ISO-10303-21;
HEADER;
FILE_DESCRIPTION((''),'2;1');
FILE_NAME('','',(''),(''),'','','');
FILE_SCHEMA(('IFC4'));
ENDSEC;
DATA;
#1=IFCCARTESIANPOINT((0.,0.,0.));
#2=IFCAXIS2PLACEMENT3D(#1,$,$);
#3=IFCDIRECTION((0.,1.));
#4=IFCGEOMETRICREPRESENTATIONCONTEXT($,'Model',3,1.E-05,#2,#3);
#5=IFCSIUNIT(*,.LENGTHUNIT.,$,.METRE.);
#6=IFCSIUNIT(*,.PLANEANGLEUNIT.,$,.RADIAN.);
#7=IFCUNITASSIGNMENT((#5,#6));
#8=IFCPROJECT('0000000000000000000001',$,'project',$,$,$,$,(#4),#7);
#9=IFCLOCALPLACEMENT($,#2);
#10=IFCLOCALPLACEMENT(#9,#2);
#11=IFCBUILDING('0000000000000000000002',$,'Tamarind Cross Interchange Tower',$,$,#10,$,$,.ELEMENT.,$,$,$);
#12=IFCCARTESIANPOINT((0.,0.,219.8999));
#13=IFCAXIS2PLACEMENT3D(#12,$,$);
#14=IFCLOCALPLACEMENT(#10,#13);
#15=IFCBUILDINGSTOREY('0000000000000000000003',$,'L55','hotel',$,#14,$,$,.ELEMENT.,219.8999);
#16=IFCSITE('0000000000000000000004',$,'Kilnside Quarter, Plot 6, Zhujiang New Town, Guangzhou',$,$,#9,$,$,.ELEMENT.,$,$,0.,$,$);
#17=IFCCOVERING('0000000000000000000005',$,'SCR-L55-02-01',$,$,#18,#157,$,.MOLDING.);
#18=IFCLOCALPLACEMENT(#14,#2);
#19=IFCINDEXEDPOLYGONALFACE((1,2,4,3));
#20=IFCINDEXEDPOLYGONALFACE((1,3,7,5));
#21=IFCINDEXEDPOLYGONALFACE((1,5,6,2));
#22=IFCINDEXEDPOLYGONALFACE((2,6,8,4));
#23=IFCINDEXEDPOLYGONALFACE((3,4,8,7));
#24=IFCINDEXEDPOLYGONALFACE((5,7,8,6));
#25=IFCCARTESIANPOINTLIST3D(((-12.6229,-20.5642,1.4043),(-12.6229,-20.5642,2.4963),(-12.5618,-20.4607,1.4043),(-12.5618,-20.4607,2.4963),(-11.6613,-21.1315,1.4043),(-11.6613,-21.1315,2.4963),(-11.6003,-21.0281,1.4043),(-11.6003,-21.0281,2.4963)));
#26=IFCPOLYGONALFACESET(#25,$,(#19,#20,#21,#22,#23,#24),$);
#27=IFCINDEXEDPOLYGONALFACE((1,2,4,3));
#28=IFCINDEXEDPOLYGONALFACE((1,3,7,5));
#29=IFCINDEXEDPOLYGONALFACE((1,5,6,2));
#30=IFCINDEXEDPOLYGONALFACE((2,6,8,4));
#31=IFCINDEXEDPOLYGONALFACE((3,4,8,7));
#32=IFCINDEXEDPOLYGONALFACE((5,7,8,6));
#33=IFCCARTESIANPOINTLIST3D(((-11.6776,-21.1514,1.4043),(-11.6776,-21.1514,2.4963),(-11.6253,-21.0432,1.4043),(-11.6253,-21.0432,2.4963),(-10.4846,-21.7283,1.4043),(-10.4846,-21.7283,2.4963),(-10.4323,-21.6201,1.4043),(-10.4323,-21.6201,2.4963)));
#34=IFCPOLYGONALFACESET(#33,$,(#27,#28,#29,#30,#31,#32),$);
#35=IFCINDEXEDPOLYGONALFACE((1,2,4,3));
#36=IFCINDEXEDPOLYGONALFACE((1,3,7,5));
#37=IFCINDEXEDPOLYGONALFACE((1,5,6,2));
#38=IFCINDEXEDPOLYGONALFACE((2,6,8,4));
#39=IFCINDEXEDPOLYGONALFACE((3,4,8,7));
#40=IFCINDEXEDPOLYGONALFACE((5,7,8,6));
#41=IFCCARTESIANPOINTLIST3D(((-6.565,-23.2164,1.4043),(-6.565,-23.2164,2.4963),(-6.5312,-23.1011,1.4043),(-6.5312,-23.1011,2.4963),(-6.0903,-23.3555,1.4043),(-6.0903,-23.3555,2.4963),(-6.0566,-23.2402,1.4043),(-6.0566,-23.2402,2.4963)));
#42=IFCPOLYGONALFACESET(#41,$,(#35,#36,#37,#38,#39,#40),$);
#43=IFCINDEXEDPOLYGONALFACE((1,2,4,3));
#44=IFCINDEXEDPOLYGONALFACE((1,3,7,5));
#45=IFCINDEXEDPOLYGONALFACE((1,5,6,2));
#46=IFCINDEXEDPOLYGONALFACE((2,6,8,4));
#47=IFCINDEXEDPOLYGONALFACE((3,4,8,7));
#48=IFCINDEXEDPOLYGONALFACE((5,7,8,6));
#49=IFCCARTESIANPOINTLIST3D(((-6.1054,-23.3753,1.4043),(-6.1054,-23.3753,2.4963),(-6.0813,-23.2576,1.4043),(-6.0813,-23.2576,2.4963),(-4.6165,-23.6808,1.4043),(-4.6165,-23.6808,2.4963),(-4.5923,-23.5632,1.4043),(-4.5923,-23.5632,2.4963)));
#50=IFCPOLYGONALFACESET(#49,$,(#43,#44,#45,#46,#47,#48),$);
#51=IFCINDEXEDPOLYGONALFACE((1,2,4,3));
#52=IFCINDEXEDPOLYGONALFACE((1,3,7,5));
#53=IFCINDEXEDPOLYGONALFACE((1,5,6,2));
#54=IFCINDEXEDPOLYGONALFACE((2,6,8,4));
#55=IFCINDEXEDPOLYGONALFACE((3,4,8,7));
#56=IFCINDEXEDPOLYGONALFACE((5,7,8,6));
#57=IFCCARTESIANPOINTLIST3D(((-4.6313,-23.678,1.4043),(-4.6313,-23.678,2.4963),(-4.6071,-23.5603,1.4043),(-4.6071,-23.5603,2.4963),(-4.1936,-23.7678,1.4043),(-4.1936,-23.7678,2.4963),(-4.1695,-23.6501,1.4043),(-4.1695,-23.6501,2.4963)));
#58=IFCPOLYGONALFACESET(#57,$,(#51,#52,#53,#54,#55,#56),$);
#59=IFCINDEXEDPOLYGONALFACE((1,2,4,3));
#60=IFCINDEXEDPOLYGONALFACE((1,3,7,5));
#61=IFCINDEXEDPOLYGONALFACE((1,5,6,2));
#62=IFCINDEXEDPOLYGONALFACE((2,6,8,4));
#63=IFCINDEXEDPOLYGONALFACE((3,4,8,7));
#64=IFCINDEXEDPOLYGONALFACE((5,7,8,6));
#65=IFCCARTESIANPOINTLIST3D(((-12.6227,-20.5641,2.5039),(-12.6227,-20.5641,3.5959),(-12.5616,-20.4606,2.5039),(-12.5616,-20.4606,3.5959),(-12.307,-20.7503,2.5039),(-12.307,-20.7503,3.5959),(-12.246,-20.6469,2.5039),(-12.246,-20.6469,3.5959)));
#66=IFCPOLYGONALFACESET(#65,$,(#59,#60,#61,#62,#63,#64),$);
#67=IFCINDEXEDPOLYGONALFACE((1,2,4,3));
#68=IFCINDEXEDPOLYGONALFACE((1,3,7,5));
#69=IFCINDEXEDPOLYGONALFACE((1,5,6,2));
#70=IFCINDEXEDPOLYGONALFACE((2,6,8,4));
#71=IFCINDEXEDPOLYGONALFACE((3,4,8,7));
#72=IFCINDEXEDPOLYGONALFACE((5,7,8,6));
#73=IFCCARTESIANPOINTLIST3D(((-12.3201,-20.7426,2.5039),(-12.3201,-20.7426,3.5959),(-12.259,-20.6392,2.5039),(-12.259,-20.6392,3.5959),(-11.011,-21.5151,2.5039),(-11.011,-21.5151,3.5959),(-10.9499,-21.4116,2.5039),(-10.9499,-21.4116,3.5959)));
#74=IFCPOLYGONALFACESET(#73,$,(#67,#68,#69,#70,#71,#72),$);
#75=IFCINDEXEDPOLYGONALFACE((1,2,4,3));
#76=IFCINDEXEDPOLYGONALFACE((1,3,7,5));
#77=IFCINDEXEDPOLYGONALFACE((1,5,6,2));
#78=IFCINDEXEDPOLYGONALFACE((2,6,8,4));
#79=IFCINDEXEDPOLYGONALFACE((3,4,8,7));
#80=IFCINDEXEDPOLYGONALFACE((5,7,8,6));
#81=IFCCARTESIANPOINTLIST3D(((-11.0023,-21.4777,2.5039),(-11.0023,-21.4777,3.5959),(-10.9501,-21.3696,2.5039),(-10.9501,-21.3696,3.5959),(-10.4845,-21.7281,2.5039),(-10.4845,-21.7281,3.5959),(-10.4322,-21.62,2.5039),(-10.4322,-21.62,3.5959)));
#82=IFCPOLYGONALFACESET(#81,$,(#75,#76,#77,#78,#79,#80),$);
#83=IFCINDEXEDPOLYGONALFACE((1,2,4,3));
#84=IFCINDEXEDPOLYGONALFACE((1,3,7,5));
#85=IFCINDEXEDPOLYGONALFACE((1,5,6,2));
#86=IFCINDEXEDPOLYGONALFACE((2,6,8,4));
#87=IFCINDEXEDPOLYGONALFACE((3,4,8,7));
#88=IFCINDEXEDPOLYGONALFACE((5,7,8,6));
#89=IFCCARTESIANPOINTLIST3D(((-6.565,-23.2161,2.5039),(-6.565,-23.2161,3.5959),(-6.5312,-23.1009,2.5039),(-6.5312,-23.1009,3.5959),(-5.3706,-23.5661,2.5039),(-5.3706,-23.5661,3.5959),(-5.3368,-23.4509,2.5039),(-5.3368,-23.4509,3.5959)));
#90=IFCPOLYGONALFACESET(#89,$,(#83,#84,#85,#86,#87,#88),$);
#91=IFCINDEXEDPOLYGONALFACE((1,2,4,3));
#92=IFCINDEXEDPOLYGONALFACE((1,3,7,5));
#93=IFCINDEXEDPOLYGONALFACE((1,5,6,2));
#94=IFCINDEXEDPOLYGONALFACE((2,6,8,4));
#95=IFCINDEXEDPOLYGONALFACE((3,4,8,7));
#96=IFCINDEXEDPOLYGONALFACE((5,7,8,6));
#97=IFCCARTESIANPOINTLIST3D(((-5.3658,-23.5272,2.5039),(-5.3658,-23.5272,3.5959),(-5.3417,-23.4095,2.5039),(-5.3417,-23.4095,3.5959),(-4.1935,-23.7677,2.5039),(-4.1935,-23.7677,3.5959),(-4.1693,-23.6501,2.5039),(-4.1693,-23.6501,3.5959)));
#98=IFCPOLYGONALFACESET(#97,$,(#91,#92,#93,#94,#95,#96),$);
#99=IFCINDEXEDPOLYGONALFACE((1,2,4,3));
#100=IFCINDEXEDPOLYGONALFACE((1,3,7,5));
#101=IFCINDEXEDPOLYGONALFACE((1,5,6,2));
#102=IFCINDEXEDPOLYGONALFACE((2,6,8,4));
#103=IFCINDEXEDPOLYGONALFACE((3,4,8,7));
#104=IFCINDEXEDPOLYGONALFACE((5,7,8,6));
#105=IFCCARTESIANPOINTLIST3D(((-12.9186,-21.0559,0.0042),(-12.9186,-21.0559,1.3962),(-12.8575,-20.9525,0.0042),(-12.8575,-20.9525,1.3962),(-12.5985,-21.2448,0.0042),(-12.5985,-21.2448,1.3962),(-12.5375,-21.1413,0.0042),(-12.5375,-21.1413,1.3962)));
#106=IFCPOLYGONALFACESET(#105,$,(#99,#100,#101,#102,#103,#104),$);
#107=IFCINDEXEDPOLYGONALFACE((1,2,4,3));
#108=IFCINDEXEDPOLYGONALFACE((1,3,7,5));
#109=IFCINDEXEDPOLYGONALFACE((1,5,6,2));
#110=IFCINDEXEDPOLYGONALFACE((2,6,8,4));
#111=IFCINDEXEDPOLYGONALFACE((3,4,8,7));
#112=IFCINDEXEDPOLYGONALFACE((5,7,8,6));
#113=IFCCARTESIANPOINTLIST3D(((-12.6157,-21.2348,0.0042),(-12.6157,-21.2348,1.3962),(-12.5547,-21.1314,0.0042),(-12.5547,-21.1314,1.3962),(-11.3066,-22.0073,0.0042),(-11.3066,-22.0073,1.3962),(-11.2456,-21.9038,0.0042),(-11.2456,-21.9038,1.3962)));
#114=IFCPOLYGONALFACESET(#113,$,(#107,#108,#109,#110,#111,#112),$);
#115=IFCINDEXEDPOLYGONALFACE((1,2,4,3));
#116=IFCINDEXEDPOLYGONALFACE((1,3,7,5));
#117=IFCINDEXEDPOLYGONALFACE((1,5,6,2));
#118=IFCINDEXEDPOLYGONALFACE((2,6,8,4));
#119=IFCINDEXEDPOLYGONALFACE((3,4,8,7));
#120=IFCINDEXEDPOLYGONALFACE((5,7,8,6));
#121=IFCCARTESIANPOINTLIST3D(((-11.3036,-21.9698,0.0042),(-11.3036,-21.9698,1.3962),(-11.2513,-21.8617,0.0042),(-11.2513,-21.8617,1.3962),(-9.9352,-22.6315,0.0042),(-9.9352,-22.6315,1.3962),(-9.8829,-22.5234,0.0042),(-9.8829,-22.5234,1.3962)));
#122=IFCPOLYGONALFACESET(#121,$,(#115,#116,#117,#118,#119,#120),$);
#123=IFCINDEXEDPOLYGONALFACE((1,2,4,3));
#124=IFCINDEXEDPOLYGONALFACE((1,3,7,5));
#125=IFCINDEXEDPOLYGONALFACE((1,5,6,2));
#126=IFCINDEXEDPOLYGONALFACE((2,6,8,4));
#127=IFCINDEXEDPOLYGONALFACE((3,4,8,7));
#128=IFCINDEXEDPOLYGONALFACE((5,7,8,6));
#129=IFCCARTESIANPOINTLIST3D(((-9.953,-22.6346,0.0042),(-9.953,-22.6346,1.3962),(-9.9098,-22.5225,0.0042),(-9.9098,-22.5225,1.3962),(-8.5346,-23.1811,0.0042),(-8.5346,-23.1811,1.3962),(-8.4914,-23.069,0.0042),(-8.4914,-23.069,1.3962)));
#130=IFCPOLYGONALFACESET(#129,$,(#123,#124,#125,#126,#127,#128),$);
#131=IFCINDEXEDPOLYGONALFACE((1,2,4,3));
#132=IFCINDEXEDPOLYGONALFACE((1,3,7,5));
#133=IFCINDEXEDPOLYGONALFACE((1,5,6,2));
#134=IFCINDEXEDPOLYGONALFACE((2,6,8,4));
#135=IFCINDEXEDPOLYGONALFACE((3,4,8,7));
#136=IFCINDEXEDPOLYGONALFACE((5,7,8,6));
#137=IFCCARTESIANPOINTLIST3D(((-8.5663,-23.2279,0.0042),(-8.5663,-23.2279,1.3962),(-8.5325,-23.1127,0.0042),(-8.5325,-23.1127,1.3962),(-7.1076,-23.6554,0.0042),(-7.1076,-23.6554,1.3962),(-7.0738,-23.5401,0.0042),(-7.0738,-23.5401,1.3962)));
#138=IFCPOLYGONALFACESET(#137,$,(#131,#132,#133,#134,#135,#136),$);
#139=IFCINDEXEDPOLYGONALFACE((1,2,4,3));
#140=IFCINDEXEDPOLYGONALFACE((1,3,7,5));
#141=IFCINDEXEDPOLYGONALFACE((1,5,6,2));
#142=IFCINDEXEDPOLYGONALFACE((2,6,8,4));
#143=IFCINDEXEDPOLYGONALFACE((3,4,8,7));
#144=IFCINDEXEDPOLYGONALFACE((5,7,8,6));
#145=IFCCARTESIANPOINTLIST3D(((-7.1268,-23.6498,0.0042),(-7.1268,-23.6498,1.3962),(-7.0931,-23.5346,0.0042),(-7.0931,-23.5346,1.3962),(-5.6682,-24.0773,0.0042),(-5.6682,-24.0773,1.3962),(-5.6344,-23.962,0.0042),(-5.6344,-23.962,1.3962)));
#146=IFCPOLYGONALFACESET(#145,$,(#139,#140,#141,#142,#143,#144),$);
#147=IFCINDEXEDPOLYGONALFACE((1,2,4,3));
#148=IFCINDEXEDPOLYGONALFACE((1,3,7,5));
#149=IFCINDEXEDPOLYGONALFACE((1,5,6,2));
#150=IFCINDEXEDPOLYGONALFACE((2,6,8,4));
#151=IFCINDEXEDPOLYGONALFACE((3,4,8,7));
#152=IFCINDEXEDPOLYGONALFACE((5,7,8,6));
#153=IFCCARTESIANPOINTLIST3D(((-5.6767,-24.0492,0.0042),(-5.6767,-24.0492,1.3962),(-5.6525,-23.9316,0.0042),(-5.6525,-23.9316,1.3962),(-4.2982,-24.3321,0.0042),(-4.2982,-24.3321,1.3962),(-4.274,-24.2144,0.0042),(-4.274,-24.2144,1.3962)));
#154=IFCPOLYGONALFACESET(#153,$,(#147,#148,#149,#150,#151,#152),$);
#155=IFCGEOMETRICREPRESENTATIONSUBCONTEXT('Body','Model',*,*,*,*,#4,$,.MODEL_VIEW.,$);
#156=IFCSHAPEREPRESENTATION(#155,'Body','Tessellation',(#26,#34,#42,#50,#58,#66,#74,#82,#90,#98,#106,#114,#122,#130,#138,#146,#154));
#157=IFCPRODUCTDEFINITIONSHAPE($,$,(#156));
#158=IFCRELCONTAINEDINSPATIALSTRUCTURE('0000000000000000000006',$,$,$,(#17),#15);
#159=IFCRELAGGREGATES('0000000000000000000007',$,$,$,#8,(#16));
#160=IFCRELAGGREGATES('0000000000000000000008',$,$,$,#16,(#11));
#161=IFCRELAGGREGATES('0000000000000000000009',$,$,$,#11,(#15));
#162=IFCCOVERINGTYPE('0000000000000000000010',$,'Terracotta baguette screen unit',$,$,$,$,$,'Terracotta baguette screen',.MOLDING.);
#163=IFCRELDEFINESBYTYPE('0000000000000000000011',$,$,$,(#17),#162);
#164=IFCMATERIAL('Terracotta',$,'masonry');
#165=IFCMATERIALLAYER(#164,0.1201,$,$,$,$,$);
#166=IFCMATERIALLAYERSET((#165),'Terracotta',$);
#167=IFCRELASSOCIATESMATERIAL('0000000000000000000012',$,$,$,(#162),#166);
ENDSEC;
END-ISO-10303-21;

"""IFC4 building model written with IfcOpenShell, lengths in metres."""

from ifc_helpers import new_model, si_unit, direction, frame, origin, origin_2d, place, context, subcontext, project, spatial, rectangle, extrude, material, layer, layer_set, type_object, element, save


model = new_model("IFC4")

# Units and contexts
model_context = context("Model", 3, precision=1e-05, world=origin(), true_north=direction((0.0, 1.0)))
body_context = subcontext(model_context, "Body", "Model", "MODEL_VIEW")
ifc_project = project(units=[si_unit("LENGTHUNIT", "METRE"), si_unit("PLANEANGLEUNIT", "RADIAN")], contexts=[model_context])

# Site, building, storey
site_placement = place(None, origin())
site = spatial("IfcSite", under=ifc_project, at=site_placement, Name="Kilnside Quarter, Plot 6, Zhujiang New Town, Guangzhou", CompositionType="ELEMENT", RefElevation=0.0)
building_placement = place(site_placement, origin())
building = spatial("IfcBuilding", under=site, at=building_placement, Name="Tamarind Cross Interchange Tower", CompositionType="ELEMENT")
storey_placement = place(building_placement, frame((0.0, 0.0, 219.8999)))
storey = spatial("IfcBuildingStorey", under=building, at=storey_placement, Name="L55", Description="hotel", CompositionType="ELEMENT", Elevation=219.8999)

# Covering
ifc_material_1 = material(Name="Terracotta", Category="masonry")
ifc_layer_1 = layer(ifc_material_1, 0.1201)
ifc_layer_set_1 = layer_set([ifc_layer_1], Name="Terracotta")
covering_type = type_object("IfcCoveringType", Name="Terracotta baguette screen unit", ElementType="Terracotta baguette screen", PredefinedType="MOLDING", material=ifc_layer_set_1)
covering_1_placement = place(storey_placement, origin())
element("IfcCovering", 1, at=covering_1_placement, inside=storey, type_object=covering_type, Name="SCR-L55-02-01", PredefinedType="MOLDING", context=body_context, shape_type="SweptSolid", body=[
    extrude(rectangle(XDim=1.1165, YDim=0.1201, at=origin_2d()), frame((-12.1116, -20.7961, 1.4043), z_axis=(0.0, 0.0, 1.0), x_axis=(0.861249, -0.508183, 0.0)), (0.0, 0.0, 1.0), 1.092),
    extrude(rectangle(XDim=1.3252, YDim=0.1201, at=origin_2d()), frame((-11.0549, -21.3857, 1.4043), z_axis=(0.0, 0.0, 1.0), x_axis=(0.900273, -0.435326, 0.0)), (0.0, 0.0, 1.0), 1.092),
    extrude(rectangle(XDim=0.4946, YDim=0.1201, at=origin_2d()), frame((-6.3108, -23.2283, 1.4043), z_axis=(0.0, 0.0, 1.0), x_axis=(0.959647, -0.281209, 0.0)), (0.0, 0.0, 1.0), 1.092),
    extrude(rectangle(XDim=1.52, YDim=0.1201, at=origin_2d()), frame((-5.3489, -23.4692, 1.4043), z_axis=(0.0, 0.0, 1.0), x_axis=(0.979591, -0.201001, 0.0)), (0.0, 0.0, 1.0), 1.092),
    extrude(rectangle(XDim=0.4468, YDim=0.1201, at=origin_2d()), frame((-4.4004, -23.6641, 1.4043), z_axis=(0.0, 0.0, 1.0), x_axis=(0.979591, -0.201001, 0.0)), (0.0, 0.0, 1.0), 1.092),
    extrude(rectangle(XDim=0.3665, YDim=0.1201, at=origin_2d()), frame((-12.4343, -20.6055, 2.5039), z_axis=(0.0, 0.0, 1.0), x_axis=(0.861249, -0.508183, 0.0)), (0.0, 0.0, 1.0), 1.092),
    extrude(rectangle(XDim=1.52, YDim=0.1201, at=origin_2d()), frame((-11.635, -21.0771, 2.5039), z_axis=(0.0, 0.0, 1.0), x_axis=(0.861249, -0.508183, 0.0)), (0.0, 0.0, 1.0), 1.092),
    extrude(rectangle(XDim=0.5752, YDim=0.1201, at=origin_2d()), frame((-10.7173, -21.5488, 2.5039), z_axis=(0.0, 0.0, 1.0), x_axis=(0.900273, -0.435326, 0.0)), (0.0, 0.0, 1.0), 1.092),
    extrude(rectangle(XDim=1.2446, YDim=0.1201, at=origin_2d()), frame((-5.9509, -23.3335, 2.5039), z_axis=(0.0, 0.0, 1.0), x_axis=(0.959647, -0.281209, 0.0)), (0.0, 0.0, 1.0), 1.092),
    extrude(rectangle(XDim=1.1968, YDim=0.1201, at=origin_2d()), frame((-4.7676, -23.5886, 2.5039), z_axis=(0.0, 0.0, 1.0), x_axis=(0.979591, -0.201001, 0.0)), (0.0, 0.0, 1.0), 1.092),
    extrude(rectangle(XDim=0.3716, YDim=0.1201, at=origin_2d()), frame((-12.728, -21.0986, 0.0042), z_axis=(0.0, 0.0, 1.0), x_axis=(0.861249, -0.508183, 0.0)), (0.0, 0.0, 1.0), 1.3921),
    extrude(rectangle(XDim=1.52, YDim=0.1201, at=origin_2d()), frame((-11.9307, -21.5693, 0.0042), z_axis=(0.0, 0.0, 1.0), x_axis=(0.861249, -0.508183, 0.0)), (0.0, 0.0, 1.0), 1.3921),
    extrude(rectangle(XDim=1.52, YDim=0.1201, at=origin_2d()), frame((-10.5933, -22.2466, 0.0042), z_axis=(0.0, 0.0, 1.0), x_axis=(0.900273, -0.435326, 0.0)), (0.0, 0.0, 1.0), 1.3921),
    extrude(rectangle(XDim=1.52, YDim=0.1201, at=origin_2d()), frame((-9.2222, -22.8518, 0.0042), z_axis=(0.0, 0.0, 1.0), x_axis=(0.933147, -0.359495, 0.0)), (0.0, 0.0, 1.0), 1.3921),
    extrude(rectangle(XDim=1.52, YDim=0.1201, at=origin_2d()), frame((-7.8201, -23.384, 0.0042), z_axis=(0.0, 0.0, 1.0), x_axis=(0.959647, -0.281209, 0.0)), (0.0, 0.0, 1.0), 1.3921),
    extrude(rectangle(XDim=1.52, YDim=0.1201, at=origin_2d()), frame((-6.3806, -23.8059, 0.0042), z_axis=(0.0, 0.0, 1.0), x_axis=(0.959647, -0.281209, 0.0)), (0.0, 0.0, 1.0), 1.3921),
    extrude(rectangle(XDim=1.4072, YDim=0.1201, at=origin_2d()), frame((-4.9753, -24.1318, 0.0042), z_axis=(0.0, 0.0, 1.0), x_axis=(0.979591, -0.201001, 0.0)), (0.0, 0.0, 1.0), 1.3921),
])

save(model, "model.ifc")
